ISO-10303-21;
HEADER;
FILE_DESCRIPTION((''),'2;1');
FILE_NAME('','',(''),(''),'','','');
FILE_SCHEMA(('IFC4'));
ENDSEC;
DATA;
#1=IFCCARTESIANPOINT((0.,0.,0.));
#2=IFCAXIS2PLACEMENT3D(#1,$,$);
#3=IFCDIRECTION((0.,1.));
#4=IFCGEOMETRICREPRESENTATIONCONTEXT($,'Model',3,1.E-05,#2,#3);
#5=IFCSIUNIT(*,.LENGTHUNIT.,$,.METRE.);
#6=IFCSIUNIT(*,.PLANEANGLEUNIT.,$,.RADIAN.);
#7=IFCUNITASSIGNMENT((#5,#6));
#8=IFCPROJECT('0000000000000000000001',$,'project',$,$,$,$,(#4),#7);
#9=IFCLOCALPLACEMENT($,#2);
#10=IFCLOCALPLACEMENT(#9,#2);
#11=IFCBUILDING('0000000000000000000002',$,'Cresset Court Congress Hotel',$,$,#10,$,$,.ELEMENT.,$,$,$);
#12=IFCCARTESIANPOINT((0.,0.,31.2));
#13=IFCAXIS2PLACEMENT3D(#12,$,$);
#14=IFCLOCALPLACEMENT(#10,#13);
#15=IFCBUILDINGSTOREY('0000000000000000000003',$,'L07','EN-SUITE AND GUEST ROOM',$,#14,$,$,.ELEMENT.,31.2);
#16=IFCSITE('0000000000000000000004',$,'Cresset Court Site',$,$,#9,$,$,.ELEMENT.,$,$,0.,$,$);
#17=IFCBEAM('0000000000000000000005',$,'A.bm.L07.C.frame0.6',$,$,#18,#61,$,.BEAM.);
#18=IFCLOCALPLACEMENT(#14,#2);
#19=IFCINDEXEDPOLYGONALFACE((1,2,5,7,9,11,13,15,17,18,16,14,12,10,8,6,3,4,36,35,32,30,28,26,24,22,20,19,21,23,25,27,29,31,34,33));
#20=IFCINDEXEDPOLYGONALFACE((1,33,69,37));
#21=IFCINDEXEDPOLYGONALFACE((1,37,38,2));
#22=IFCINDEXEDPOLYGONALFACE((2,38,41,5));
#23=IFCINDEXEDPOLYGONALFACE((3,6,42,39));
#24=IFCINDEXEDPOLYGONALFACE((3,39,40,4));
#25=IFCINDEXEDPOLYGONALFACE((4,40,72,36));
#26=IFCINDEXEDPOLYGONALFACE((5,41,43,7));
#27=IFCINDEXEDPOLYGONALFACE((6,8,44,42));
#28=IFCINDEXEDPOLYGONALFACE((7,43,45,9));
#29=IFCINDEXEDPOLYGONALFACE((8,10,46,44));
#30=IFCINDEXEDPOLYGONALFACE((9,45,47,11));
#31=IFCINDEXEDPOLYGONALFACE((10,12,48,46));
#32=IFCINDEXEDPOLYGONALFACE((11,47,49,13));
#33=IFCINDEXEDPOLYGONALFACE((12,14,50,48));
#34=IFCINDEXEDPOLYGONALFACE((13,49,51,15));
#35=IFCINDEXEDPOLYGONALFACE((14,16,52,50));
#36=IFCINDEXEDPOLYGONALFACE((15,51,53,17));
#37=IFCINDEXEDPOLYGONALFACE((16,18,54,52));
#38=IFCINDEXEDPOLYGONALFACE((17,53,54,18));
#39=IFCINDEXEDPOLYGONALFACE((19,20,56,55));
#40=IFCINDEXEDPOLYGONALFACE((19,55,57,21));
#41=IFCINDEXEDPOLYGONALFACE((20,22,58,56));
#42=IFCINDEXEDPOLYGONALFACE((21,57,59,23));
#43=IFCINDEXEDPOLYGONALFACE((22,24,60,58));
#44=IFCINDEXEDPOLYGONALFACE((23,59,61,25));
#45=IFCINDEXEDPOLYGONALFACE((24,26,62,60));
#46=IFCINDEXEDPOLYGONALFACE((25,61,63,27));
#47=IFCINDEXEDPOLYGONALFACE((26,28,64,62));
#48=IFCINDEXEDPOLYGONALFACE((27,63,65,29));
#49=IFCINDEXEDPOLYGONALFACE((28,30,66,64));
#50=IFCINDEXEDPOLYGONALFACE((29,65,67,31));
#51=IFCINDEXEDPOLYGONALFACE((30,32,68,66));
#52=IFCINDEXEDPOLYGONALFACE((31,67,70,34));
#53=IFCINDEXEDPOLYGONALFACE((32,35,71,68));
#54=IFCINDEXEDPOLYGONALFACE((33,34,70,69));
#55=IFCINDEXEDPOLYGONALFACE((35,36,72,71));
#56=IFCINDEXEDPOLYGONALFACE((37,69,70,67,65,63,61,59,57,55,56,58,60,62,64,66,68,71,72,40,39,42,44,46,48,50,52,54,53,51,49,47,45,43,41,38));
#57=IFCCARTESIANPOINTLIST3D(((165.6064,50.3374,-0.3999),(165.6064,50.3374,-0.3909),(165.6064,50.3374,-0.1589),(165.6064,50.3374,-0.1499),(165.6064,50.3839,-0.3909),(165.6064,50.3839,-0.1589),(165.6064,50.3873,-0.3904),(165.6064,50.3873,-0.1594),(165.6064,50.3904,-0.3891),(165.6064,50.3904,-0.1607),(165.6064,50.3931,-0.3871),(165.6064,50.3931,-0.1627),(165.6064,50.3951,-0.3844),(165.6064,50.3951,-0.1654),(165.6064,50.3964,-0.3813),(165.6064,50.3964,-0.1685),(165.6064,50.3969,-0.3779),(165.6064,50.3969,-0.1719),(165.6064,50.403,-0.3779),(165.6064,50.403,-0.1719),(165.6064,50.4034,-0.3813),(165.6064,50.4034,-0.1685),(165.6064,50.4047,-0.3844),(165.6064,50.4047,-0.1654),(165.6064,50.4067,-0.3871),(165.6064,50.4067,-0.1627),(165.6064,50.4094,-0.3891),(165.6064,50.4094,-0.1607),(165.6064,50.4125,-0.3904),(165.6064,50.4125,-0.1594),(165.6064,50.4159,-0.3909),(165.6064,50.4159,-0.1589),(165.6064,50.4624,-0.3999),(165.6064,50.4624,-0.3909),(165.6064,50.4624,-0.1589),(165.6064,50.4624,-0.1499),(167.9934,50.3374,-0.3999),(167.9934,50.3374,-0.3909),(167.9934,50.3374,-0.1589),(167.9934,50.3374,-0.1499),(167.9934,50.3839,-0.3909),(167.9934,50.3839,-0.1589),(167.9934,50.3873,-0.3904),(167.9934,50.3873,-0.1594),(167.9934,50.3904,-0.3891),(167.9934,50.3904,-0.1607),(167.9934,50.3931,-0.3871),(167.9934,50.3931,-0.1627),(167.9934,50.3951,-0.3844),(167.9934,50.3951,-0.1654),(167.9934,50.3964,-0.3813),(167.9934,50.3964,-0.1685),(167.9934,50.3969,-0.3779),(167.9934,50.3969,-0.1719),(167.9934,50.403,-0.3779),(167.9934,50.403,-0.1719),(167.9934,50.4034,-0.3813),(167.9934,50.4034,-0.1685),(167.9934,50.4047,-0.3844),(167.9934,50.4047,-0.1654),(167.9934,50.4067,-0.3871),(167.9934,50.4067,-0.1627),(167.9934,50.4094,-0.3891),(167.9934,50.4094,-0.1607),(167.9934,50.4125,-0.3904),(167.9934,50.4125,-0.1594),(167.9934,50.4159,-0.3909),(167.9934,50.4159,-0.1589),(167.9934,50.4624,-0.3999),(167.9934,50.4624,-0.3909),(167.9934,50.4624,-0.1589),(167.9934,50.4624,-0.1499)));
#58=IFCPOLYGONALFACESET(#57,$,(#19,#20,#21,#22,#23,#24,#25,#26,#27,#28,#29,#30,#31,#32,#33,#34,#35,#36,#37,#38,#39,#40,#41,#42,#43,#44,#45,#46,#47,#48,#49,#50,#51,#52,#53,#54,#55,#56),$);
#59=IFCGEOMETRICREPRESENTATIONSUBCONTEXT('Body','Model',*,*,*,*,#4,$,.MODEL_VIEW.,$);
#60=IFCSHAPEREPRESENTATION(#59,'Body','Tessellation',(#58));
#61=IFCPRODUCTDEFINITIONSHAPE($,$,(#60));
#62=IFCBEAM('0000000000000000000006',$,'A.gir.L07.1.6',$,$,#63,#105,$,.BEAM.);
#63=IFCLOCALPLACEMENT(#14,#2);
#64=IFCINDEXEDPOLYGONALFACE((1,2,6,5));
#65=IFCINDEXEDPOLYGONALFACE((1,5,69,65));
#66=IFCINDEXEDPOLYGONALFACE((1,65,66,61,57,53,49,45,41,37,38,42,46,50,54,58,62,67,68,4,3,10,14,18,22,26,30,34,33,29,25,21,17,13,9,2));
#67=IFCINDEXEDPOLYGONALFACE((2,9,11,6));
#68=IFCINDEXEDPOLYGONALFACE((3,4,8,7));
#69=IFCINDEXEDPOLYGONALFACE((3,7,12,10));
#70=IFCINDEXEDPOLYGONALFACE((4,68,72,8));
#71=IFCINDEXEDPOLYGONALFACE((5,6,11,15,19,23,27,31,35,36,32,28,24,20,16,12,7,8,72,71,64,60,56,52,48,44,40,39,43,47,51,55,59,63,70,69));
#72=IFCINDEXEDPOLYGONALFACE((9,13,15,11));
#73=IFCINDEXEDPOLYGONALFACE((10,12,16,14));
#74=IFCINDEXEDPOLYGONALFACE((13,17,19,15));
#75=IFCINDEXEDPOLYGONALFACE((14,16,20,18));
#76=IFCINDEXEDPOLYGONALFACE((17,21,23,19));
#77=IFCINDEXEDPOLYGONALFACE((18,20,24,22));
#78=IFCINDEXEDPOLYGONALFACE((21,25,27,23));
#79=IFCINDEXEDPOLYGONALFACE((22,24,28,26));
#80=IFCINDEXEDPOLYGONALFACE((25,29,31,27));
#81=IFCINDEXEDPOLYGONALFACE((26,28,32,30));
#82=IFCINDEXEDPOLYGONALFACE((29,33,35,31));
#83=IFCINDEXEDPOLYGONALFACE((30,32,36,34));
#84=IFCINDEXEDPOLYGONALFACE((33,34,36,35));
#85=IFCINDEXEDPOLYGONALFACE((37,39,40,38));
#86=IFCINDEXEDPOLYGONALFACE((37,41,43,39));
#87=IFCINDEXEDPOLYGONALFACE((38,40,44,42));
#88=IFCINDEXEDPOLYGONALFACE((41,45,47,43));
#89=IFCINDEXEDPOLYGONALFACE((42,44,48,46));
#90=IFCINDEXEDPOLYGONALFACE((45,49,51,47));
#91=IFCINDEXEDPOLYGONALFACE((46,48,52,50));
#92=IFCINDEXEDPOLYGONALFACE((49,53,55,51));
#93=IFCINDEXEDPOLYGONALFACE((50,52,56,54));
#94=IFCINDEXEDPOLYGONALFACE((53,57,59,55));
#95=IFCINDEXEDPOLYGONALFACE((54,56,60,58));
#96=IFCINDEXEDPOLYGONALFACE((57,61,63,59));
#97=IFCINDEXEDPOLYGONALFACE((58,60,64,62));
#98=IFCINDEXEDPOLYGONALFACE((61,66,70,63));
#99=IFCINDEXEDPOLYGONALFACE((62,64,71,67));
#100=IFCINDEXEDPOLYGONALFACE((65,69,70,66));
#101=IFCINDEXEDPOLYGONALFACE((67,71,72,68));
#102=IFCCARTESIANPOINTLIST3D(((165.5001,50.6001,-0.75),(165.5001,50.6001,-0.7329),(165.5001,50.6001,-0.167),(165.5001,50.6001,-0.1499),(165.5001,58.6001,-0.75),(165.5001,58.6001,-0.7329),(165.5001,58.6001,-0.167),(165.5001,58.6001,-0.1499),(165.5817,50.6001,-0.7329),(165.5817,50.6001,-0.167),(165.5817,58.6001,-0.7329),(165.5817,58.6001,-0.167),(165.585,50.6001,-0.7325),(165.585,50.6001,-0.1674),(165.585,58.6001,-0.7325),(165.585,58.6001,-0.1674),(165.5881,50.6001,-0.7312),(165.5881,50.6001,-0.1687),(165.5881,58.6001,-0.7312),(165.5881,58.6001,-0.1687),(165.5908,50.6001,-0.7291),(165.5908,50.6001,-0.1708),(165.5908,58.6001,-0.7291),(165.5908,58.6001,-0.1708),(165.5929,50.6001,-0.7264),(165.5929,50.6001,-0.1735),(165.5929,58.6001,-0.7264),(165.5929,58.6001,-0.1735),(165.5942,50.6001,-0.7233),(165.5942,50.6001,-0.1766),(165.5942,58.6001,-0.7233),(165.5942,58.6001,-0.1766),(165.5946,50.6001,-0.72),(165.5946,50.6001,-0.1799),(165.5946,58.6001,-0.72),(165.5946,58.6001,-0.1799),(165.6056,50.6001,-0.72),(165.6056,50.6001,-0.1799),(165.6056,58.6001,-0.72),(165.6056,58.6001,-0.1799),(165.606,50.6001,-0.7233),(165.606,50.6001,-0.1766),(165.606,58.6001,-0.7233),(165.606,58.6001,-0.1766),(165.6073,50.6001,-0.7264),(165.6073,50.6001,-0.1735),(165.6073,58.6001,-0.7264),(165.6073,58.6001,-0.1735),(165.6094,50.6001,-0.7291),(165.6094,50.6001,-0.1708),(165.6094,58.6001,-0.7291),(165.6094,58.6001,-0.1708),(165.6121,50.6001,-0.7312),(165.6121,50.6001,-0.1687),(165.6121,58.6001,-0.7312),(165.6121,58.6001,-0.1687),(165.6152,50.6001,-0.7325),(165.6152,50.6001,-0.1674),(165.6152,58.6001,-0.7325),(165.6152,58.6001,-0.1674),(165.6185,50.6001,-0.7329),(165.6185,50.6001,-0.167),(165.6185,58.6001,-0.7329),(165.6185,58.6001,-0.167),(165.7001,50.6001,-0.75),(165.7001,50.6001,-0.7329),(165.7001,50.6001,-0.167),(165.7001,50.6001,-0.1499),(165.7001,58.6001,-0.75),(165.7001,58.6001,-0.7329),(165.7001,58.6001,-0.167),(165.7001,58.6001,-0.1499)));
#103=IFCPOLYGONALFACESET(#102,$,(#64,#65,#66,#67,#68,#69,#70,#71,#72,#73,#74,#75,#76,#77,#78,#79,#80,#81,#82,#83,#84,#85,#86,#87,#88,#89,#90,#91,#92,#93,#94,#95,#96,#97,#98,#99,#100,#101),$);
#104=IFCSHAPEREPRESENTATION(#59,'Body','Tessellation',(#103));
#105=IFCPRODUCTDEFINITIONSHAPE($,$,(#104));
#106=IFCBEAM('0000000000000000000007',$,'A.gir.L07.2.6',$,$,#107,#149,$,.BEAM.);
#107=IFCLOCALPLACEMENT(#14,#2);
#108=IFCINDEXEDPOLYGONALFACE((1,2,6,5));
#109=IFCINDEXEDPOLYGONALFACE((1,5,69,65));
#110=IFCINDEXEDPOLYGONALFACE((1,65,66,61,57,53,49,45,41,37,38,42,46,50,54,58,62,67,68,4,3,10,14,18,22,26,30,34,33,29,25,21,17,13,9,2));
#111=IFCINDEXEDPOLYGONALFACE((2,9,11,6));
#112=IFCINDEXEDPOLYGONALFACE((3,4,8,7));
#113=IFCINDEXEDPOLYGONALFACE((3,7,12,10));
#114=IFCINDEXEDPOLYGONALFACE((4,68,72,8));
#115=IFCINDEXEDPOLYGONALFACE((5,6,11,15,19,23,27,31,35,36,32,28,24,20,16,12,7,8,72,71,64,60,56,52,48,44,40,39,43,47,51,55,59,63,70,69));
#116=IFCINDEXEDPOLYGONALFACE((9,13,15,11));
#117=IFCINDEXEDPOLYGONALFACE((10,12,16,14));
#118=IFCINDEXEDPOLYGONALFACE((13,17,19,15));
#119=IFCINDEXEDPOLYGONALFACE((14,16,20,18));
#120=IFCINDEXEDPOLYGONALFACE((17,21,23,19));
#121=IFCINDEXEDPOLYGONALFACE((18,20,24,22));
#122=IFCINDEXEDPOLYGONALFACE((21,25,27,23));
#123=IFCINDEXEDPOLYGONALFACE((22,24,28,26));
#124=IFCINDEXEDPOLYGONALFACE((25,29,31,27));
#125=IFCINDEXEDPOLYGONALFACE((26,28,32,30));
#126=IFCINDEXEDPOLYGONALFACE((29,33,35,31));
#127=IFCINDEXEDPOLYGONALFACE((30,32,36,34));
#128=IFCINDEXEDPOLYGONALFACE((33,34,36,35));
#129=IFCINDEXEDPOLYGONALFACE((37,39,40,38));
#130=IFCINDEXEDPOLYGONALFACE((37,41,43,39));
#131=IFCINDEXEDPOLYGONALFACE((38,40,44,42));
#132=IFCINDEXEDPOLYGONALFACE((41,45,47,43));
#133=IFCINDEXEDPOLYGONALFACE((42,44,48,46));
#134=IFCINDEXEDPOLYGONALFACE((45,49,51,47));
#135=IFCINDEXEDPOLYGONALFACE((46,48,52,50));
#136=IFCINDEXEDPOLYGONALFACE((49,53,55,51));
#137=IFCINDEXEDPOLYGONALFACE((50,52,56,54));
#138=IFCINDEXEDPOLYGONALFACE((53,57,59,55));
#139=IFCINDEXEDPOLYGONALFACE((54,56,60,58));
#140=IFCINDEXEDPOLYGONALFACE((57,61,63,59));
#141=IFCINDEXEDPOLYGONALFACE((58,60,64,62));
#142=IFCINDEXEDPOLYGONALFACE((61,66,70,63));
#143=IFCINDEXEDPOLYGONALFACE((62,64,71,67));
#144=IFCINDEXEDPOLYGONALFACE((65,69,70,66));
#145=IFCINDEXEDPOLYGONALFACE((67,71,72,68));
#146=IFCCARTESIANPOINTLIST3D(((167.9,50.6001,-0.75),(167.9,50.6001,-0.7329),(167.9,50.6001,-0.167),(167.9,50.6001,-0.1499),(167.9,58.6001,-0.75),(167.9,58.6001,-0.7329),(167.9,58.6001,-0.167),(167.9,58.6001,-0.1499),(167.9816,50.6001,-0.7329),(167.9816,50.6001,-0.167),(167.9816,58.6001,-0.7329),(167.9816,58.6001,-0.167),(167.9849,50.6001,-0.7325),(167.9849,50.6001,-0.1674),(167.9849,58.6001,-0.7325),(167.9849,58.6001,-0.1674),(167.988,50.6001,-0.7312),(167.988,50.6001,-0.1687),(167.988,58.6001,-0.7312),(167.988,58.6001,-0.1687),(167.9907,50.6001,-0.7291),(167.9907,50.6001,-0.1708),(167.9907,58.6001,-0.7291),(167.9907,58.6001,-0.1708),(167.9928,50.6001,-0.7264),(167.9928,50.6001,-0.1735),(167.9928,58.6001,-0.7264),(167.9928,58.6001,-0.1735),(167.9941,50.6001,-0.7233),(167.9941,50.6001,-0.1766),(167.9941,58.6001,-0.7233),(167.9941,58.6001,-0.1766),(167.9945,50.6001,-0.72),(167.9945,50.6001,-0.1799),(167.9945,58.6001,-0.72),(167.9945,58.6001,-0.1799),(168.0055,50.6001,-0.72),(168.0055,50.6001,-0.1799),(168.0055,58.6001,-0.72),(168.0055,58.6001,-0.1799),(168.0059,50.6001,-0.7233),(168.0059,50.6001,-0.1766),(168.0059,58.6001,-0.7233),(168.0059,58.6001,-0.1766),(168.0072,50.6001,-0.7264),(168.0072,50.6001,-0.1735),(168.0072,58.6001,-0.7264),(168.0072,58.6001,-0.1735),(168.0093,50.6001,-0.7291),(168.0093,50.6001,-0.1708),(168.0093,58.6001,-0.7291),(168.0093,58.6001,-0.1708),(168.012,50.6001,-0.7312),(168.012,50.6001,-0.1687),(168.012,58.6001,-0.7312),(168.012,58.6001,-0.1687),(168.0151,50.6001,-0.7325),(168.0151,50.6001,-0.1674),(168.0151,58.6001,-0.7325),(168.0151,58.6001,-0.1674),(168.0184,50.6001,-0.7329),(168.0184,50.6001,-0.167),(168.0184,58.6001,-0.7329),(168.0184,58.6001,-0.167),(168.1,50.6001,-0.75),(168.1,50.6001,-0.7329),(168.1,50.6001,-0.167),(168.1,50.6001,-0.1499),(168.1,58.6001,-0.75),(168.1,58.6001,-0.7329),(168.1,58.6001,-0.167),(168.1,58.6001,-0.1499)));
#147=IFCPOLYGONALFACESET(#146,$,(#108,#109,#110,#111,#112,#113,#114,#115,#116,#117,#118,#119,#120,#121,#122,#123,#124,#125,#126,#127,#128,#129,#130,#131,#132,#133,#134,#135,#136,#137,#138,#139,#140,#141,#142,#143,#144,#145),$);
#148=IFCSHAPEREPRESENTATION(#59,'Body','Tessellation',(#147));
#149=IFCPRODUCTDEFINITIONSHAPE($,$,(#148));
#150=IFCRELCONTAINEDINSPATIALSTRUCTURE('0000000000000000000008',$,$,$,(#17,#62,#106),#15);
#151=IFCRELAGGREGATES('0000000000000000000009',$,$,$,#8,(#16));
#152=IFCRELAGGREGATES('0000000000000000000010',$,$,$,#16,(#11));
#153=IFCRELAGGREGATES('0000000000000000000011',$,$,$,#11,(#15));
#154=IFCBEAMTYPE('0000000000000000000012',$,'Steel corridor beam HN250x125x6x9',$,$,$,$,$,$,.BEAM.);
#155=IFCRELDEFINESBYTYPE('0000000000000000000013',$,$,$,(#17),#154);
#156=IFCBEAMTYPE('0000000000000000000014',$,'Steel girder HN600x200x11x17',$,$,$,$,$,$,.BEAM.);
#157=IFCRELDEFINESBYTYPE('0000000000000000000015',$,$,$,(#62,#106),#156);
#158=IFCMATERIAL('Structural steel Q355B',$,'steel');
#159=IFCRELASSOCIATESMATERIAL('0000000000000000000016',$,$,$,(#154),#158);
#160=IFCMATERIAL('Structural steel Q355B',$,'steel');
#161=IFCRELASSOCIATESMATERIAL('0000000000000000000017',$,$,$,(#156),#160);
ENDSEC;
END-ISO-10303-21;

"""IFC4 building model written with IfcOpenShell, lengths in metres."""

from ifc_helpers import new_model, si_unit, direction, frame, origin, origin_2d, place, context, subcontext, project, spatial, i_section, extrude, material, material_profile, profile_set, type_object, element, save


model = new_model("IFC4")

# Units and contexts
model_context = context("Model", 3, precision=1e-05, world=origin(), true_north=direction((0.0, 1.0)))
body_context = subcontext(model_context, "Body", "Model", "MODEL_VIEW")
ifc_project = project(units=[si_unit("LENGTHUNIT", "METRE"), si_unit("PLANEANGLEUNIT", "RADIAN")], contexts=[model_context])

# Site, building, storey
site_placement = place(None, origin())
site = spatial("IfcSite", under=ifc_project, at=site_placement, Name="Cresset Court Site", CompositionType="ELEMENT", RefElevation=0.0)
building_placement = place(site_placement, origin())
building = spatial("IfcBuilding", under=site, at=building_placement, Name="Cresset Court Congress Hotel", CompositionType="ELEMENT")
storey_placement = place(building_placement, frame((0.0, 0.0, 31.2)))
storey = spatial("IfcBuildingStorey", under=building, at=storey_placement, Name="L07", Description="EN-SUITE AND GUEST ROOM", CompositionType="ELEMENT", Elevation=31.2)

# Beams
ifc_material_1 = material(Name="Structural steel Q355B", Category="steel")
ifc_material_profile_1 = material_profile(ifc_material_1, i_section(OverallWidth=0.125, OverallDepth=0.25, WebThickness=0.0061, FlangeThickness=0.009, FilletRadius=0.0129, at=origin_2d()), Name="HN250x125x6x9")
ifc_profile_set_1 = profile_set([ifc_material_profile_1], Name="Structural steel Q355B")
beam_type_1 = type_object("IfcBeamType", Name="Steel corridor beam HN250x125x6x9", PredefinedType="BEAM", material=ifc_profile_set_1)
beam_1_placement = place(storey_placement, frame((165.6064, 50.3999, -0.2749), z_axis=(1.0, 0.0, 0.0), x_axis=(0.0, 1.0, 0.0)))
element("IfcBeam", 1, at=beam_1_placement, inside=storey, type_object=beam_type_1, Name="A.bm.L07.C.frame0.6", PredefinedType="BEAM", context=body_context, shape_type="SweptSolid", body=[
    extrude(i_section(OverallWidth=0.125, OverallDepth=0.25, WebThickness=0.0061, FlangeThickness=0.009, FilletRadius=0.0129, at=origin_2d()), origin(), (0.0, 0.0, 1.0), 2.387),
])
ifc_material_2 = material(Name="Structural steel Q355B", Category="steel")
ifc_material_profile_2 = material_profile(ifc_material_2, i_section(OverallWidth=0.2, OverallDepth=0.6001, WebThickness=0.011, FlangeThickness=0.0171, FilletRadius=0.0129, at=origin_2d()), Name="HN600x200x11x17")
ifc_profile_set_2 = profile_set([ifc_material_profile_2], Name="Structural steel Q355B")
beam_type_2 = type_object("IfcBeamType", Name="Steel girder HN600x200x11x17", PredefinedType="BEAM", material=ifc_profile_set_2)
for number, where, z_axis, x_axis, name in (
    (2, (165.6001, 50.6001, -0.45), (0.0, 1.0, 0.0), (-1.0, 0.0, 0.0), "A.gir.L07.1.6"),
    (3, (168.0, 50.6001, -0.45), (0.0, 1.0, 0.0), (-1.0, 0.0, 0.0), "A.gir.L07.2.6"),
):
    element("IfcBeam", number, at=place(storey_placement, frame(where, z_axis=z_axis, x_axis=x_axis)), inside=storey, type_object=beam_type_2, Name=name, PredefinedType="BEAM", context=body_context, shape_type="SweptSolid", body=[
        extrude(i_section(OverallWidth=0.2, OverallDepth=0.6001, WebThickness=0.011, FlangeThickness=0.0171, FilletRadius=0.0129, at=origin_2d()), origin(), (0.0, 0.0, 1.0), 8.0),
    ])

save(model, "model.ifc")
